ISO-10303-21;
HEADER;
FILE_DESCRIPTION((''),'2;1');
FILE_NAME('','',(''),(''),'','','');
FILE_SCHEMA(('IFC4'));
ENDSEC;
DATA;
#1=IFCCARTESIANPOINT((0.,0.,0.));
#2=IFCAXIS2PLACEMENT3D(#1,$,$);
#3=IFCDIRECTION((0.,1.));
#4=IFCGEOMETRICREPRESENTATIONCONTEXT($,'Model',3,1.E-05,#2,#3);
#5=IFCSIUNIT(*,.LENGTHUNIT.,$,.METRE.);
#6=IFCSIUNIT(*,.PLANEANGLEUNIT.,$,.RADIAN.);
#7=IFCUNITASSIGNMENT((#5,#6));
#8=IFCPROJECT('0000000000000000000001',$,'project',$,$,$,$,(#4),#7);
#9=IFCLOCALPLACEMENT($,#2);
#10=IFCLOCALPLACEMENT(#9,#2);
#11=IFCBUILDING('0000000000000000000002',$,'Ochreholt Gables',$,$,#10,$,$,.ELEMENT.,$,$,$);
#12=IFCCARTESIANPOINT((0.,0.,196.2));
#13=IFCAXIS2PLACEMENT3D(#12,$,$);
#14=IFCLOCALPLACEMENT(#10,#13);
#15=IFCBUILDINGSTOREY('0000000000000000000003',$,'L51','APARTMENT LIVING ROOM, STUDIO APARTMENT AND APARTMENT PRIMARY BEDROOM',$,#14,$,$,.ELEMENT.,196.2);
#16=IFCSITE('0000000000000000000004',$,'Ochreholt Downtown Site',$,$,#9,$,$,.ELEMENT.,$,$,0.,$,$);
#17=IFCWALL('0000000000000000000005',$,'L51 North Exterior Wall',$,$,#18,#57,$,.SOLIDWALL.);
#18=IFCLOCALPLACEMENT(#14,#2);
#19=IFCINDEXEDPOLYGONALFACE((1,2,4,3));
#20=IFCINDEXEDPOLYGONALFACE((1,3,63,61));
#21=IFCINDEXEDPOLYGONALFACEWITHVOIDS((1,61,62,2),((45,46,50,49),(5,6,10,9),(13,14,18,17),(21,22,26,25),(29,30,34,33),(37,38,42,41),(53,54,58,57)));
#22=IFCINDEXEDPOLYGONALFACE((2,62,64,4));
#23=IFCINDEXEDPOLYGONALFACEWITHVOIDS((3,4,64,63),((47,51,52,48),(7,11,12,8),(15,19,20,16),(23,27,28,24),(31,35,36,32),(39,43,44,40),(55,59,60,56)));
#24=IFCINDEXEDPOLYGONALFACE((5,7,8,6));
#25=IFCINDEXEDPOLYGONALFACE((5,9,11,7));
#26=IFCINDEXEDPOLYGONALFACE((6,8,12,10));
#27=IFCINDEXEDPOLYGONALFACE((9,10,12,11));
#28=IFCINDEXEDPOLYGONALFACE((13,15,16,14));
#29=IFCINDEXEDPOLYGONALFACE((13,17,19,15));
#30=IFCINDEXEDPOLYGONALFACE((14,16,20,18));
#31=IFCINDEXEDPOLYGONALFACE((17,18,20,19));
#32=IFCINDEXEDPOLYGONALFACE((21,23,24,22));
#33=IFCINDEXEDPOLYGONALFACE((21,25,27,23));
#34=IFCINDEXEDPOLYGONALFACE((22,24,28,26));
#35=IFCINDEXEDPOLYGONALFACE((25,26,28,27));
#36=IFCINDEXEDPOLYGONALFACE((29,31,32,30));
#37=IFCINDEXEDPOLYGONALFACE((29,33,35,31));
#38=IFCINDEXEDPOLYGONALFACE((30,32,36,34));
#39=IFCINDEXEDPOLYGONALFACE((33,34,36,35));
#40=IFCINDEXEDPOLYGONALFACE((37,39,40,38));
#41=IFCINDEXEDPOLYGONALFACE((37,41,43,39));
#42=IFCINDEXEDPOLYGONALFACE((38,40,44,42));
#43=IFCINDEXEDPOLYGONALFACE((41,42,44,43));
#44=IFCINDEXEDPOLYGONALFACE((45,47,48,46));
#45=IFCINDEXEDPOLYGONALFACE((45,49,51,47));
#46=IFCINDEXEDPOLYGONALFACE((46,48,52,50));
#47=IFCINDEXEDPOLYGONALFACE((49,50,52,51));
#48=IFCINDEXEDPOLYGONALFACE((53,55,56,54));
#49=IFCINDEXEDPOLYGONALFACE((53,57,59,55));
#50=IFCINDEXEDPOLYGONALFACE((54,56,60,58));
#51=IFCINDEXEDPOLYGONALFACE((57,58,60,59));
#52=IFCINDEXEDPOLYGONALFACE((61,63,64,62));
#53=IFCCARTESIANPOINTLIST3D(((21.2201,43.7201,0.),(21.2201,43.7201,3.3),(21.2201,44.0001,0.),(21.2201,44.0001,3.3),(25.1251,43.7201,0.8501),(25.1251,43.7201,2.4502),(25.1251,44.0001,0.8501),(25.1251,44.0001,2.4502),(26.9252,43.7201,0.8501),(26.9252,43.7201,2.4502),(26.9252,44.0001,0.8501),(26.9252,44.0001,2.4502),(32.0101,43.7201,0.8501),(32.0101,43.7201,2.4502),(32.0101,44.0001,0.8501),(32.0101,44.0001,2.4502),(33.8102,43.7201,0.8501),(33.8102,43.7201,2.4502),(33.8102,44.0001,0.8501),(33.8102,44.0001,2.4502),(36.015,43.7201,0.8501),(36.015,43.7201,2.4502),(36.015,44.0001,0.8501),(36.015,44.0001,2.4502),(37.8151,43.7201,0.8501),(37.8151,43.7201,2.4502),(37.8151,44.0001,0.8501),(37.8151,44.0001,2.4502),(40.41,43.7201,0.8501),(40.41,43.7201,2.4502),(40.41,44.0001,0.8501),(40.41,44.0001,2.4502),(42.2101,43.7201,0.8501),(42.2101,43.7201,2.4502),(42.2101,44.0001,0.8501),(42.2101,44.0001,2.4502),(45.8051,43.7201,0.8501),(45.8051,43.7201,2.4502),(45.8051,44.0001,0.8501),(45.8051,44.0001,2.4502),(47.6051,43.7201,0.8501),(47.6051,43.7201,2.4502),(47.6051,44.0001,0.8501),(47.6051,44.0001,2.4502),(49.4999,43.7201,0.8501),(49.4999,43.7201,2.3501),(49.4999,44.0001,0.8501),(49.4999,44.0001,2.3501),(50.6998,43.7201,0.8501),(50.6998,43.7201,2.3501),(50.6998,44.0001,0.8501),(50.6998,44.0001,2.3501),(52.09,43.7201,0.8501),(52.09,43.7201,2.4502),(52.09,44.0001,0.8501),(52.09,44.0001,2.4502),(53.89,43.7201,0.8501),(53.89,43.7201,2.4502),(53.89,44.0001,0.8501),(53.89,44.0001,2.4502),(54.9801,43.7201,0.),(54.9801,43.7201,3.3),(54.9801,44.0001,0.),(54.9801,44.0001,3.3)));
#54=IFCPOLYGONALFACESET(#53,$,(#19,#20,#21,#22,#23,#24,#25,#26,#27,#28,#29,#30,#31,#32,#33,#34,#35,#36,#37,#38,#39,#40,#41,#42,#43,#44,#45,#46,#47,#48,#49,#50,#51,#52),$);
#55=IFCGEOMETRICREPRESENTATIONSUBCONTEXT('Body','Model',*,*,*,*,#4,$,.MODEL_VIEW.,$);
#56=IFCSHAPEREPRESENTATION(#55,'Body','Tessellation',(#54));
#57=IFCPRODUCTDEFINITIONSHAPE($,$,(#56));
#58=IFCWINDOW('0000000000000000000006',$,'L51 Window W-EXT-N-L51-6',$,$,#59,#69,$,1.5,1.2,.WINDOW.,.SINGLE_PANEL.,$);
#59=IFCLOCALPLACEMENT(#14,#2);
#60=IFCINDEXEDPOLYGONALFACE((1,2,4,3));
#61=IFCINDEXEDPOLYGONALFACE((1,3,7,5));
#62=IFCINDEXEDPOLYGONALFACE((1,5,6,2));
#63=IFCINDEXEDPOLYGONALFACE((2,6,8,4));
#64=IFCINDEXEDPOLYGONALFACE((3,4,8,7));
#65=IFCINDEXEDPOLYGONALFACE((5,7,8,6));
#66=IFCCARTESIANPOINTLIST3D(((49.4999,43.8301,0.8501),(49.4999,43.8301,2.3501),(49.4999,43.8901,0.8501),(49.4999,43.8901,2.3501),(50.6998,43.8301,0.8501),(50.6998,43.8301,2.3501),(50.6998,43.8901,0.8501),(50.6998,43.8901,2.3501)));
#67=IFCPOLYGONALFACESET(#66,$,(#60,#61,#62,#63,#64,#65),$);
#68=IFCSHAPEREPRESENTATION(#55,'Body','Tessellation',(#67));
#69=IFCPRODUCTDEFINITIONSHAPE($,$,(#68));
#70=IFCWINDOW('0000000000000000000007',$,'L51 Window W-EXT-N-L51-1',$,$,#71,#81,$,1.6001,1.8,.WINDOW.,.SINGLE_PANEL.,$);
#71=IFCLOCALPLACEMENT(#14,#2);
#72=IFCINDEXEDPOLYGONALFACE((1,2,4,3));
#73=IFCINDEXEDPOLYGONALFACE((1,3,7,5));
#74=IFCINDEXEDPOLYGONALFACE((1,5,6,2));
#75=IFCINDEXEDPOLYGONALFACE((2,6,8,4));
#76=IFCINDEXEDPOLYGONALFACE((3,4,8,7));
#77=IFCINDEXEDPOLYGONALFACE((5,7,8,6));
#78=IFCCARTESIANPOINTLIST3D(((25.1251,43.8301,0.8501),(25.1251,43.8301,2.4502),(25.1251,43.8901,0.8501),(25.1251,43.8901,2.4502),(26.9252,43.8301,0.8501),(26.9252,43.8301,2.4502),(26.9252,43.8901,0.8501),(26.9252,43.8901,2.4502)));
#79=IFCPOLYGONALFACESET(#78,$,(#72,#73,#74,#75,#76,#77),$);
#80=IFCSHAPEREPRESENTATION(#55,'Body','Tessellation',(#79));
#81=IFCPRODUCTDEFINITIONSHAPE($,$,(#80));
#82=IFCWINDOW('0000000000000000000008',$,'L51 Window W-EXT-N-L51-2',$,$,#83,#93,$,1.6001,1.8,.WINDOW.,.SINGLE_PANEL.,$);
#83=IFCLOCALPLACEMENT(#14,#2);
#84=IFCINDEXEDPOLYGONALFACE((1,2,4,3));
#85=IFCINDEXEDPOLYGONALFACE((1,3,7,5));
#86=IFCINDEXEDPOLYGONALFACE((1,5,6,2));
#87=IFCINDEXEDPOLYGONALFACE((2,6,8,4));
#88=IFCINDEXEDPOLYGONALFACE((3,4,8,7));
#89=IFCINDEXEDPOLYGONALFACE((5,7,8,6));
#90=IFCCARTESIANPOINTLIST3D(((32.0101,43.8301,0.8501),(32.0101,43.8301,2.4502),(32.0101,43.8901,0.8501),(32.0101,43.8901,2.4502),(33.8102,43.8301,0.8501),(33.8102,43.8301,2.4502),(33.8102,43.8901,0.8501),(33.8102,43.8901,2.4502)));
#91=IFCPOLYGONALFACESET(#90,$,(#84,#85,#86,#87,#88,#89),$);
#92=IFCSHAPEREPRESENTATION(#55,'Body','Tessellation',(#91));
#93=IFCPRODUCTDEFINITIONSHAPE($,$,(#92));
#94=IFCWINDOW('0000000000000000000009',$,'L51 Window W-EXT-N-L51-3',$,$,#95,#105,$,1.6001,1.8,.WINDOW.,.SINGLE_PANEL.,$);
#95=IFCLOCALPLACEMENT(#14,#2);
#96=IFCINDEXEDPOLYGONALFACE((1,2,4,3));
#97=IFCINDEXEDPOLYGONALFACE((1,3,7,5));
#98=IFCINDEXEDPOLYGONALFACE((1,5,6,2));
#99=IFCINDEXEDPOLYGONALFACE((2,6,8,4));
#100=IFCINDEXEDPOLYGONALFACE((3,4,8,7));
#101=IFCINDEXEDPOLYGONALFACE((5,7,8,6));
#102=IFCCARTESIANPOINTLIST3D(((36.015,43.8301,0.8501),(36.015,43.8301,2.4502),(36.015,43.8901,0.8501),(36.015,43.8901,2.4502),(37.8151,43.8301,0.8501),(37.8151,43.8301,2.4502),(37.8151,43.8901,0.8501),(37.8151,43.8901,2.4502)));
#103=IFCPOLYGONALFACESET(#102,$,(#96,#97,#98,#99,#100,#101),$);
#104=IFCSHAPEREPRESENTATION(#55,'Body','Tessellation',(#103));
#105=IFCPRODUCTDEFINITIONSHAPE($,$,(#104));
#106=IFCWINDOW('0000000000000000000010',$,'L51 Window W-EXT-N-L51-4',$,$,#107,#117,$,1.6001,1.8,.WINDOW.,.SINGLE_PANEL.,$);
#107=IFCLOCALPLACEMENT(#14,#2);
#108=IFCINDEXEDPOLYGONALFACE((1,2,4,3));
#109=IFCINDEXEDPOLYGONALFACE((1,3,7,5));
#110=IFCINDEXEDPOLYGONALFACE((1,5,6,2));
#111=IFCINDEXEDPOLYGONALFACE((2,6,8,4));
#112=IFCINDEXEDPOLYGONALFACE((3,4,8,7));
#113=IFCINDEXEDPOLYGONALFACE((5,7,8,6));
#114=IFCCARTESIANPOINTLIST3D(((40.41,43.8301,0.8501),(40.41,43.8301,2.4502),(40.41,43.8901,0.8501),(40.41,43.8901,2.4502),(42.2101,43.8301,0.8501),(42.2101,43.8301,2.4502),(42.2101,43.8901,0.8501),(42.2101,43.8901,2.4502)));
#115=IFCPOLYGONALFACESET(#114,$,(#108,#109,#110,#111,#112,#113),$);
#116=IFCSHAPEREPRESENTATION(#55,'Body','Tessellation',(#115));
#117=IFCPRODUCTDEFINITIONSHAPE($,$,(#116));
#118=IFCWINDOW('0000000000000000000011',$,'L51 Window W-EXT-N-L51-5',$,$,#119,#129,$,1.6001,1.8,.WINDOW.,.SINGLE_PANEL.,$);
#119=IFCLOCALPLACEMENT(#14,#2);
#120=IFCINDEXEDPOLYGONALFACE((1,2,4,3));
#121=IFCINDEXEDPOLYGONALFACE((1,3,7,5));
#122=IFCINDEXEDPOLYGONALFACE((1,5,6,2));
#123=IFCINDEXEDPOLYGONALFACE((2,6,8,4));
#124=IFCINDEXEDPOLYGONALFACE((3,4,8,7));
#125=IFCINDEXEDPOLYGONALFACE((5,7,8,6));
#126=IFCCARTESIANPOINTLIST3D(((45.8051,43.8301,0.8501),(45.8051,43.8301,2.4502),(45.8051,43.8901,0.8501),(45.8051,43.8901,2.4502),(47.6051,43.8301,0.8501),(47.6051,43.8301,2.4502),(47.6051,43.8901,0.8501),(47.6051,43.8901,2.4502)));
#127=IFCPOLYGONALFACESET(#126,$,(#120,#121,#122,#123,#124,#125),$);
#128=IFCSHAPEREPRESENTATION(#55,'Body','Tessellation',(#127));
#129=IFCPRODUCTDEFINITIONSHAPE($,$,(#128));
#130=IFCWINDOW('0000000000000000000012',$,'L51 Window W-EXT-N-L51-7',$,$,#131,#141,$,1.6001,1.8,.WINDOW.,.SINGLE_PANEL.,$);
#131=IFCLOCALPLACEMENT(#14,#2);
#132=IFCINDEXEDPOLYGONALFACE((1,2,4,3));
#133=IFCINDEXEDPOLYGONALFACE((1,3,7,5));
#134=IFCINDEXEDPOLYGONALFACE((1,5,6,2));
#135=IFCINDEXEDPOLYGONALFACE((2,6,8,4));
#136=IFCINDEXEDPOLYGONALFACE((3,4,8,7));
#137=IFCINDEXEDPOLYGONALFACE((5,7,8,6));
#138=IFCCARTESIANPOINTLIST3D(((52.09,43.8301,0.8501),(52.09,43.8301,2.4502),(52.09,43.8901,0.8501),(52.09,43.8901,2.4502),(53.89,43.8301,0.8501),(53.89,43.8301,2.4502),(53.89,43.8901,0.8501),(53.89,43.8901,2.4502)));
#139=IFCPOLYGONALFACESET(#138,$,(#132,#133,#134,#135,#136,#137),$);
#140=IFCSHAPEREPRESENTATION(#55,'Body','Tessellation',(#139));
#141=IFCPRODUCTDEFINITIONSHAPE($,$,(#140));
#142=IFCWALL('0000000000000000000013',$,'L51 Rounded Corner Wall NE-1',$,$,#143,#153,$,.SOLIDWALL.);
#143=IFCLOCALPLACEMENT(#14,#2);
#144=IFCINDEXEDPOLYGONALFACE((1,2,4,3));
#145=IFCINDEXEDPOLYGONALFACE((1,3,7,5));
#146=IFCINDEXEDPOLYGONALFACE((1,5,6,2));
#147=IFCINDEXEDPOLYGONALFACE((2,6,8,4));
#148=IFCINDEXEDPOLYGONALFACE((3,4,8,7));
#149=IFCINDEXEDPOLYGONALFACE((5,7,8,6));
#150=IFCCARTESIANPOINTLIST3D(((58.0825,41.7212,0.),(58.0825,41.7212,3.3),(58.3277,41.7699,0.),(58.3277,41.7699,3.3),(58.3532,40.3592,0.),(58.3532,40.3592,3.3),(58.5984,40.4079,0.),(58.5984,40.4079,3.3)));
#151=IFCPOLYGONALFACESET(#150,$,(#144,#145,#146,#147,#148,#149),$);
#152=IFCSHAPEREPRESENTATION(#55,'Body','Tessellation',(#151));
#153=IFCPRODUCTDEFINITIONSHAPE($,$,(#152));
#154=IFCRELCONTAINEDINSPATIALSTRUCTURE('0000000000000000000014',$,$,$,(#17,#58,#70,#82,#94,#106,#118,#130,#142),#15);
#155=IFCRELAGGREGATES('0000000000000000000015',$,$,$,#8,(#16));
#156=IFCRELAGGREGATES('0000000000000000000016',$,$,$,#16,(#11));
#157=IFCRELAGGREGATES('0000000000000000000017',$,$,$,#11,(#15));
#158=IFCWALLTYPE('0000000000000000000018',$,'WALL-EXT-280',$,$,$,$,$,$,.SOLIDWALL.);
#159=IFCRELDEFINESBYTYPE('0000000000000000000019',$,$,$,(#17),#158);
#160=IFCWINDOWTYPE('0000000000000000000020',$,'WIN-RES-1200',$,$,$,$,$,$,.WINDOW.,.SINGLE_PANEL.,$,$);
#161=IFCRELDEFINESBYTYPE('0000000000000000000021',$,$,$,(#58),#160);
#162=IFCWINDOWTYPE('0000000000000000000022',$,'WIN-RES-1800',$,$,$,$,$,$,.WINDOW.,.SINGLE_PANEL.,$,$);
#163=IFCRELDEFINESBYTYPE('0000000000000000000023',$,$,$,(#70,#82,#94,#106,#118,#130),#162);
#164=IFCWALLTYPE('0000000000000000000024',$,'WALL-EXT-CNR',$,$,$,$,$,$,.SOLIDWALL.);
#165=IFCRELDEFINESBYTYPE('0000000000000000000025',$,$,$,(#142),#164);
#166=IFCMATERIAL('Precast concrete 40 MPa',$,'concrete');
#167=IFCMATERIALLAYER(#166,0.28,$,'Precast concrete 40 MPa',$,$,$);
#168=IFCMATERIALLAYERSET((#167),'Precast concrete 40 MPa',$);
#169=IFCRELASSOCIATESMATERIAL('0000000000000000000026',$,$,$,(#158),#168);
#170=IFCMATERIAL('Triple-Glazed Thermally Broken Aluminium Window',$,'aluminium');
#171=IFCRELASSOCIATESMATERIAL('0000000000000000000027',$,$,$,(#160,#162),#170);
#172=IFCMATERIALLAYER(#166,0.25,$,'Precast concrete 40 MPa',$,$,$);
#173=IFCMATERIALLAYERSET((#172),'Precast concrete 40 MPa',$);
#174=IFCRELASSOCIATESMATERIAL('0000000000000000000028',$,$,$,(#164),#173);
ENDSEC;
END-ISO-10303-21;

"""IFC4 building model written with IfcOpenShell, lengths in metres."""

from ifc_helpers import new_model, si_unit, direction, frame, frame_2d, origin, place, context, subcontext, project, spatial, rectangle, extrude, material, layer, layer_set, type_object, element, fill, save


model = new_model("IFC4")

# Units and contexts
model_context = context("Model", 3, precision=1e-05, world=origin(), true_north=direction((0.0, 1.0)))
body_context = subcontext(model_context, "Body", "Model", "MODEL_VIEW")
ifc_project = project(units=[si_unit("LENGTHUNIT", "METRE"), si_unit("PLANEANGLEUNIT", "RADIAN")], contexts=[model_context])

# Site, building, storey
site_placement = place(None, origin())
site = spatial("IfcSite", under=ifc_project, at=site_placement, Name="Ochreholt Downtown Site", CompositionType="ELEMENT", RefElevation=0.0)
building_placement = place(site_placement, origin())
building = spatial("IfcBuilding", under=site, at=building_placement, Name="Ochreholt Gables", CompositionType="ELEMENT")
storey_placement = place(building_placement, frame((0.0, 0.0, 196.2)))
storey = spatial("IfcBuildingStorey", under=building, at=storey_placement, Name="L51", Description="APARTMENT LIVING ROOM, STUDIO APARTMENT AND APARTMENT PRIMARY BEDROOM", CompositionType="ELEMENT", Elevation=196.2)

# Wall, openings, windows
ifc_material_1 = material(Name="Precast concrete 40 MPa", Category="concrete")
ifc_layer_1 = layer(ifc_material_1, 0.28, Name="Precast concrete 40 MPa")
ifc_layer_set_1 = layer_set([ifc_layer_1], Name="Precast concrete 40 MPa")
wall_type_1 = type_object("IfcWallType", Name="WALL-EXT-280", PredefinedType="SOLIDWALL", material=ifc_layer_set_1)
wall_1_placement = place(storey_placement, frame((54.98, 43.8601, 0.0), z_axis=(0.0, 0.0, 1.0), x_axis=(-1.0, 0.0, 0.0)))
wall_1 = element("IfcWall", 1, at=wall_1_placement, inside=storey, type_object=wall_type_1, Name="L51 North Exterior Wall", PredefinedType="SOLIDWALL", context=body_context, shape_type="SweptSolid", body=[
    extrude(rectangle(XDim=33.76, YDim=0.28, at=frame_2d((16.8799, 0.0))), origin(), (0.0, 0.0, 1.0), 3.3),
])
opening_1_placement = place(wall_1_placement, frame((28.0549, 0.0, 0.8501)))
opening_1 = element("IfcOpeningElement", 2, at=opening_1_placement, cuts=wall_1, PredefinedType="OPENING", context=body_context, shape_type="SweptSolid", body=[
    extrude(rectangle(XDim=1.8, YDim=1.6001, at=frame_2d((0.8999, 0.8))), frame((0.0, 0.1499, 0.0), z_axis=(0.0, -1.0, 0.0), x_axis=(1.0, 0.0, 0.0)), (0.0, 0.0, 1.0), 0.3),
])
opening_2_placement = place(wall_1_placement, frame((21.1699, 0.0, 0.8501)))
opening_2 = element("IfcOpeningElement", 3, at=opening_2_placement, cuts=wall_1, PredefinedType="OPENING", context=body_context, shape_type="SweptSolid", body=[
    extrude(rectangle(XDim=1.8, YDim=1.6001, at=frame_2d((0.8999, 0.8))), frame((0.0, 0.1499, 0.0), z_axis=(0.0, -1.0, 0.0), x_axis=(1.0, 0.0, 0.0)), (0.0, 0.0, 1.0), 0.3),
])
opening_3_placement = place(wall_1_placement, frame((17.165, 0.0, 0.8501)))
opening_3 = element("IfcOpeningElement", 4, at=opening_3_placement, cuts=wall_1, PredefinedType="OPENING", context=body_context, shape_type="SweptSolid", body=[
    extrude(rectangle(XDim=1.8, YDim=1.6001, at=frame_2d((0.8999, 0.8))), frame((0.0, 0.1499, 0.0), z_axis=(0.0, -1.0, 0.0), x_axis=(1.0, 0.0, 0.0)), (0.0, 0.0, 1.0), 0.3),
])
opening_4_placement = place(wall_1_placement, frame((12.77, 0.0, 0.8501)))
opening_4 = element("IfcOpeningElement", 5, at=opening_4_placement, cuts=wall_1, PredefinedType="OPENING", context=body_context, shape_type="SweptSolid", body=[
    extrude(rectangle(XDim=1.8, YDim=1.6001, at=frame_2d((0.8999, 0.8))), frame((0.0, 0.1499, 0.0), z_axis=(0.0, -1.0, 0.0), x_axis=(1.0, 0.0, 0.0)), (0.0, 0.0, 1.0), 0.3),
])
opening_5_placement = place(wall_1_placement, frame((7.375, 0.0, 0.8501)))
opening_5 = element("IfcOpeningElement", 6, at=opening_5_placement, cuts=wall_1, PredefinedType="OPENING", context=body_context, shape_type="SweptSolid", body=[
    extrude(rectangle(XDim=1.8, YDim=1.6001, at=frame_2d((0.8999, 0.8))), frame((0.0, 0.1499, 0.0), z_axis=(0.0, -1.0, 0.0), x_axis=(1.0, 0.0, 0.0)), (0.0, 0.0, 1.0), 0.3),
])
opening_6_placement = place(wall_1_placement, frame((4.28, 0.0, 0.8501)))
opening_6 = element("IfcOpeningElement", 7, at=opening_6_placement, cuts=wall_1, PredefinedType="OPENING", context=body_context, shape_type="SweptSolid", body=[
    extrude(rectangle(XDim=1.2, YDim=1.5, at=frame_2d((0.6001, 0.75))), frame((0.0, 0.1499, 0.0), z_axis=(0.0, -1.0, 0.0), x_axis=(1.0, 0.0, 0.0)), (0.0, 0.0, 1.0), 0.3),
])
opening_7_placement = place(wall_1_placement, frame((1.0901, 0.0, 0.8501)))
opening_7 = element("IfcOpeningElement", 8, at=opening_7_placement, cuts=wall_1, PredefinedType="OPENING", context=body_context, shape_type="SweptSolid", body=[
    extrude(rectangle(XDim=1.8, YDim=1.6001, at=frame_2d((0.8999, 0.8))), frame((0.0, 0.1499, 0.0), z_axis=(0.0, -1.0, 0.0), x_axis=(1.0, 0.0, 0.0)), (0.0, 0.0, 1.0), 0.3),
])
ifc_material_2 = material(Name="Triple-Glazed Thermally Broken Aluminium Window", Category="aluminium")
window_type_1 = type_object("IfcWindowType", Name="WIN-RES-1200", PartitioningType="SINGLE_PANEL", PredefinedType="WINDOW", material=ifc_material_2)
window_1_placement = place(opening_6_placement, origin())
window_1 = element("IfcWindow", 9, at=window_1_placement, inside=storey, type_object=window_type_1, Name="L51 Window W-EXT-N-L51-6", OverallHeight=1.5, OverallWidth=1.2, PartitioningType="SINGLE_PANEL", PredefinedType="WINDOW", context=body_context, shape_type="SweptSolid", body=[
    extrude(rectangle(XDim=1.2, YDim=1.5, at=frame_2d((0.6001, 0.75))), frame((0.0, 0.03, 0.0), z_axis=(0.0, -1.0, 0.0), x_axis=(1.0, 0.0, 0.0)), (0.0, 0.0, 1.0), 0.0601),
])
fill(opening_6, window_1)
window_type_2 = type_object("IfcWindowType", Name="WIN-RES-1800", PartitioningType="SINGLE_PANEL", PredefinedType="WINDOW", material=ifc_material_2)
window_2_placement = place(opening_1_placement, origin())
window_2 = element("IfcWindow", 10, at=window_2_placement, inside=storey, type_object=window_type_2, Name="L51 Window W-EXT-N-L51-1", OverallHeight=1.6001, OverallWidth=1.8, PartitioningType="SINGLE_PANEL", PredefinedType="WINDOW", context=body_context, shape_type="SweptSolid", body=[
    extrude(rectangle(XDim=1.8, YDim=1.6001, at=frame_2d((0.8999, 0.8))), frame((0.0, 0.03, 0.0), z_axis=(0.0, -1.0, 0.0), x_axis=(1.0, 0.0, 0.0)), (0.0, 0.0, 1.0), 0.0601),
])
fill(opening_1, window_2)
window_3_placement = place(opening_2_placement, origin())
window_3 = element("IfcWindow", 11, at=window_3_placement, inside=storey, type_object=window_type_2, Name="L51 Window W-EXT-N-L51-2", OverallHeight=1.6001, OverallWidth=1.8, PartitioningType="SINGLE_PANEL", PredefinedType="WINDOW", context=body_context, shape_type="SweptSolid", body=[
    extrude(rectangle(XDim=1.8, YDim=1.6001, at=frame_2d((0.8999, 0.8))), frame((0.0, 0.03, 0.0), z_axis=(0.0, -1.0, 0.0), x_axis=(1.0, 0.0, 0.0)), (0.0, 0.0, 1.0), 0.0601),
])
fill(opening_2, window_3)
window_4_placement = place(opening_3_placement, origin())
window_4 = element("IfcWindow", 12, at=window_4_placement, inside=storey, type_object=window_type_2, Name="L51 Window W-EXT-N-L51-3", OverallHeight=1.6001, OverallWidth=1.8, PartitioningType="SINGLE_PANEL", PredefinedType="WINDOW", context=body_context, shape_type="SweptSolid", body=[
    extrude(rectangle(XDim=1.8, YDim=1.6001, at=frame_2d((0.8999, 0.8))), frame((0.0, 0.03, 0.0), z_axis=(0.0, -1.0, 0.0), x_axis=(1.0, 0.0, 0.0)), (0.0, 0.0, 1.0), 0.0601),
])
fill(opening_3, window_4)
window_5_placement = place(opening_4_placement, origin())
window_5 = element("IfcWindow", 13, at=window_5_placement, inside=storey, type_object=window_type_2, Name="L51 Window W-EXT-N-L51-4", OverallHeight=1.6001, OverallWidth=1.8, PartitioningType="SINGLE_PANEL", PredefinedType="WINDOW", context=body_context, shape_type="SweptSolid", body=[
    extrude(rectangle(XDim=1.8, YDim=1.6001, at=frame_2d((0.8999, 0.8))), frame((0.0, 0.03, 0.0), z_axis=(0.0, -1.0, 0.0), x_axis=(1.0, 0.0, 0.0)), (0.0, 0.0, 1.0), 0.0601),
])
fill(opening_4, window_5)
window_6_placement = place(opening_5_placement, origin())
window_6 = element("IfcWindow", 14, at=window_6_placement, inside=storey, type_object=window_type_2, Name="L51 Window W-EXT-N-L51-5", OverallHeight=1.6001, OverallWidth=1.8, PartitioningType="SINGLE_PANEL", PredefinedType="WINDOW", context=body_context, shape_type="SweptSolid", body=[
    extrude(rectangle(XDim=1.8, YDim=1.6001, at=frame_2d((0.8999, 0.8))), frame((0.0, 0.03, 0.0), z_axis=(0.0, -1.0, 0.0), x_axis=(1.0, 0.0, 0.0)), (0.0, 0.0, 1.0), 0.0601),
])
fill(opening_5, window_6)
window_7_placement = place(opening_7_placement, origin())
window_7 = element("IfcWindow", 15, at=window_7_placement, inside=storey, type_object=window_type_2, Name="L51 Window W-EXT-N-L51-7", OverallHeight=1.6001, OverallWidth=1.8, PartitioningType="SINGLE_PANEL", PredefinedType="WINDOW", context=body_context, shape_type="SweptSolid", body=[
    extrude(rectangle(XDim=1.8, YDim=1.6001, at=frame_2d((0.8999, 0.8))), frame((0.0, 0.03, 0.0), z_axis=(0.0, -1.0, 0.0), x_axis=(1.0, 0.0, 0.0)), (0.0, 0.0, 1.0), 0.0601),
])
fill(opening_7, window_7)

# Wall
ifc_layer_2 = layer(ifc_material_1, 0.25, Name="Precast concrete 40 MPa")
ifc_layer_set_2 = layer_set([ifc_layer_2], Name="Precast concrete 40 MPa")
wall_type_2 = type_object("IfcWallType", Name="WALL-EXT-CNR", PredefinedType="SOLIDWALL", material=ifc_layer_set_2)
wall_2_placement = place(storey_placement, frame((58.4758, 40.3835, 0.0), z_axis=(0.0, 0.0, 1.0), x_axis=(-0.194967, 0.98081, 0.0)))
element("IfcWall", 16, at=wall_2_placement, inside=storey, type_object=wall_type_2, Name="L51 Rounded Corner Wall NE-1", PredefinedType="SOLIDWALL", context=body_context, shape_type="SweptSolid", body=[
    extrude(rectangle(XDim=1.3887, YDim=0.25, at=frame_2d((0.6943, 0.0))), origin(), (0.0, 0.0, 1.0), 3.3),
])

save(model, "model.ifc")
